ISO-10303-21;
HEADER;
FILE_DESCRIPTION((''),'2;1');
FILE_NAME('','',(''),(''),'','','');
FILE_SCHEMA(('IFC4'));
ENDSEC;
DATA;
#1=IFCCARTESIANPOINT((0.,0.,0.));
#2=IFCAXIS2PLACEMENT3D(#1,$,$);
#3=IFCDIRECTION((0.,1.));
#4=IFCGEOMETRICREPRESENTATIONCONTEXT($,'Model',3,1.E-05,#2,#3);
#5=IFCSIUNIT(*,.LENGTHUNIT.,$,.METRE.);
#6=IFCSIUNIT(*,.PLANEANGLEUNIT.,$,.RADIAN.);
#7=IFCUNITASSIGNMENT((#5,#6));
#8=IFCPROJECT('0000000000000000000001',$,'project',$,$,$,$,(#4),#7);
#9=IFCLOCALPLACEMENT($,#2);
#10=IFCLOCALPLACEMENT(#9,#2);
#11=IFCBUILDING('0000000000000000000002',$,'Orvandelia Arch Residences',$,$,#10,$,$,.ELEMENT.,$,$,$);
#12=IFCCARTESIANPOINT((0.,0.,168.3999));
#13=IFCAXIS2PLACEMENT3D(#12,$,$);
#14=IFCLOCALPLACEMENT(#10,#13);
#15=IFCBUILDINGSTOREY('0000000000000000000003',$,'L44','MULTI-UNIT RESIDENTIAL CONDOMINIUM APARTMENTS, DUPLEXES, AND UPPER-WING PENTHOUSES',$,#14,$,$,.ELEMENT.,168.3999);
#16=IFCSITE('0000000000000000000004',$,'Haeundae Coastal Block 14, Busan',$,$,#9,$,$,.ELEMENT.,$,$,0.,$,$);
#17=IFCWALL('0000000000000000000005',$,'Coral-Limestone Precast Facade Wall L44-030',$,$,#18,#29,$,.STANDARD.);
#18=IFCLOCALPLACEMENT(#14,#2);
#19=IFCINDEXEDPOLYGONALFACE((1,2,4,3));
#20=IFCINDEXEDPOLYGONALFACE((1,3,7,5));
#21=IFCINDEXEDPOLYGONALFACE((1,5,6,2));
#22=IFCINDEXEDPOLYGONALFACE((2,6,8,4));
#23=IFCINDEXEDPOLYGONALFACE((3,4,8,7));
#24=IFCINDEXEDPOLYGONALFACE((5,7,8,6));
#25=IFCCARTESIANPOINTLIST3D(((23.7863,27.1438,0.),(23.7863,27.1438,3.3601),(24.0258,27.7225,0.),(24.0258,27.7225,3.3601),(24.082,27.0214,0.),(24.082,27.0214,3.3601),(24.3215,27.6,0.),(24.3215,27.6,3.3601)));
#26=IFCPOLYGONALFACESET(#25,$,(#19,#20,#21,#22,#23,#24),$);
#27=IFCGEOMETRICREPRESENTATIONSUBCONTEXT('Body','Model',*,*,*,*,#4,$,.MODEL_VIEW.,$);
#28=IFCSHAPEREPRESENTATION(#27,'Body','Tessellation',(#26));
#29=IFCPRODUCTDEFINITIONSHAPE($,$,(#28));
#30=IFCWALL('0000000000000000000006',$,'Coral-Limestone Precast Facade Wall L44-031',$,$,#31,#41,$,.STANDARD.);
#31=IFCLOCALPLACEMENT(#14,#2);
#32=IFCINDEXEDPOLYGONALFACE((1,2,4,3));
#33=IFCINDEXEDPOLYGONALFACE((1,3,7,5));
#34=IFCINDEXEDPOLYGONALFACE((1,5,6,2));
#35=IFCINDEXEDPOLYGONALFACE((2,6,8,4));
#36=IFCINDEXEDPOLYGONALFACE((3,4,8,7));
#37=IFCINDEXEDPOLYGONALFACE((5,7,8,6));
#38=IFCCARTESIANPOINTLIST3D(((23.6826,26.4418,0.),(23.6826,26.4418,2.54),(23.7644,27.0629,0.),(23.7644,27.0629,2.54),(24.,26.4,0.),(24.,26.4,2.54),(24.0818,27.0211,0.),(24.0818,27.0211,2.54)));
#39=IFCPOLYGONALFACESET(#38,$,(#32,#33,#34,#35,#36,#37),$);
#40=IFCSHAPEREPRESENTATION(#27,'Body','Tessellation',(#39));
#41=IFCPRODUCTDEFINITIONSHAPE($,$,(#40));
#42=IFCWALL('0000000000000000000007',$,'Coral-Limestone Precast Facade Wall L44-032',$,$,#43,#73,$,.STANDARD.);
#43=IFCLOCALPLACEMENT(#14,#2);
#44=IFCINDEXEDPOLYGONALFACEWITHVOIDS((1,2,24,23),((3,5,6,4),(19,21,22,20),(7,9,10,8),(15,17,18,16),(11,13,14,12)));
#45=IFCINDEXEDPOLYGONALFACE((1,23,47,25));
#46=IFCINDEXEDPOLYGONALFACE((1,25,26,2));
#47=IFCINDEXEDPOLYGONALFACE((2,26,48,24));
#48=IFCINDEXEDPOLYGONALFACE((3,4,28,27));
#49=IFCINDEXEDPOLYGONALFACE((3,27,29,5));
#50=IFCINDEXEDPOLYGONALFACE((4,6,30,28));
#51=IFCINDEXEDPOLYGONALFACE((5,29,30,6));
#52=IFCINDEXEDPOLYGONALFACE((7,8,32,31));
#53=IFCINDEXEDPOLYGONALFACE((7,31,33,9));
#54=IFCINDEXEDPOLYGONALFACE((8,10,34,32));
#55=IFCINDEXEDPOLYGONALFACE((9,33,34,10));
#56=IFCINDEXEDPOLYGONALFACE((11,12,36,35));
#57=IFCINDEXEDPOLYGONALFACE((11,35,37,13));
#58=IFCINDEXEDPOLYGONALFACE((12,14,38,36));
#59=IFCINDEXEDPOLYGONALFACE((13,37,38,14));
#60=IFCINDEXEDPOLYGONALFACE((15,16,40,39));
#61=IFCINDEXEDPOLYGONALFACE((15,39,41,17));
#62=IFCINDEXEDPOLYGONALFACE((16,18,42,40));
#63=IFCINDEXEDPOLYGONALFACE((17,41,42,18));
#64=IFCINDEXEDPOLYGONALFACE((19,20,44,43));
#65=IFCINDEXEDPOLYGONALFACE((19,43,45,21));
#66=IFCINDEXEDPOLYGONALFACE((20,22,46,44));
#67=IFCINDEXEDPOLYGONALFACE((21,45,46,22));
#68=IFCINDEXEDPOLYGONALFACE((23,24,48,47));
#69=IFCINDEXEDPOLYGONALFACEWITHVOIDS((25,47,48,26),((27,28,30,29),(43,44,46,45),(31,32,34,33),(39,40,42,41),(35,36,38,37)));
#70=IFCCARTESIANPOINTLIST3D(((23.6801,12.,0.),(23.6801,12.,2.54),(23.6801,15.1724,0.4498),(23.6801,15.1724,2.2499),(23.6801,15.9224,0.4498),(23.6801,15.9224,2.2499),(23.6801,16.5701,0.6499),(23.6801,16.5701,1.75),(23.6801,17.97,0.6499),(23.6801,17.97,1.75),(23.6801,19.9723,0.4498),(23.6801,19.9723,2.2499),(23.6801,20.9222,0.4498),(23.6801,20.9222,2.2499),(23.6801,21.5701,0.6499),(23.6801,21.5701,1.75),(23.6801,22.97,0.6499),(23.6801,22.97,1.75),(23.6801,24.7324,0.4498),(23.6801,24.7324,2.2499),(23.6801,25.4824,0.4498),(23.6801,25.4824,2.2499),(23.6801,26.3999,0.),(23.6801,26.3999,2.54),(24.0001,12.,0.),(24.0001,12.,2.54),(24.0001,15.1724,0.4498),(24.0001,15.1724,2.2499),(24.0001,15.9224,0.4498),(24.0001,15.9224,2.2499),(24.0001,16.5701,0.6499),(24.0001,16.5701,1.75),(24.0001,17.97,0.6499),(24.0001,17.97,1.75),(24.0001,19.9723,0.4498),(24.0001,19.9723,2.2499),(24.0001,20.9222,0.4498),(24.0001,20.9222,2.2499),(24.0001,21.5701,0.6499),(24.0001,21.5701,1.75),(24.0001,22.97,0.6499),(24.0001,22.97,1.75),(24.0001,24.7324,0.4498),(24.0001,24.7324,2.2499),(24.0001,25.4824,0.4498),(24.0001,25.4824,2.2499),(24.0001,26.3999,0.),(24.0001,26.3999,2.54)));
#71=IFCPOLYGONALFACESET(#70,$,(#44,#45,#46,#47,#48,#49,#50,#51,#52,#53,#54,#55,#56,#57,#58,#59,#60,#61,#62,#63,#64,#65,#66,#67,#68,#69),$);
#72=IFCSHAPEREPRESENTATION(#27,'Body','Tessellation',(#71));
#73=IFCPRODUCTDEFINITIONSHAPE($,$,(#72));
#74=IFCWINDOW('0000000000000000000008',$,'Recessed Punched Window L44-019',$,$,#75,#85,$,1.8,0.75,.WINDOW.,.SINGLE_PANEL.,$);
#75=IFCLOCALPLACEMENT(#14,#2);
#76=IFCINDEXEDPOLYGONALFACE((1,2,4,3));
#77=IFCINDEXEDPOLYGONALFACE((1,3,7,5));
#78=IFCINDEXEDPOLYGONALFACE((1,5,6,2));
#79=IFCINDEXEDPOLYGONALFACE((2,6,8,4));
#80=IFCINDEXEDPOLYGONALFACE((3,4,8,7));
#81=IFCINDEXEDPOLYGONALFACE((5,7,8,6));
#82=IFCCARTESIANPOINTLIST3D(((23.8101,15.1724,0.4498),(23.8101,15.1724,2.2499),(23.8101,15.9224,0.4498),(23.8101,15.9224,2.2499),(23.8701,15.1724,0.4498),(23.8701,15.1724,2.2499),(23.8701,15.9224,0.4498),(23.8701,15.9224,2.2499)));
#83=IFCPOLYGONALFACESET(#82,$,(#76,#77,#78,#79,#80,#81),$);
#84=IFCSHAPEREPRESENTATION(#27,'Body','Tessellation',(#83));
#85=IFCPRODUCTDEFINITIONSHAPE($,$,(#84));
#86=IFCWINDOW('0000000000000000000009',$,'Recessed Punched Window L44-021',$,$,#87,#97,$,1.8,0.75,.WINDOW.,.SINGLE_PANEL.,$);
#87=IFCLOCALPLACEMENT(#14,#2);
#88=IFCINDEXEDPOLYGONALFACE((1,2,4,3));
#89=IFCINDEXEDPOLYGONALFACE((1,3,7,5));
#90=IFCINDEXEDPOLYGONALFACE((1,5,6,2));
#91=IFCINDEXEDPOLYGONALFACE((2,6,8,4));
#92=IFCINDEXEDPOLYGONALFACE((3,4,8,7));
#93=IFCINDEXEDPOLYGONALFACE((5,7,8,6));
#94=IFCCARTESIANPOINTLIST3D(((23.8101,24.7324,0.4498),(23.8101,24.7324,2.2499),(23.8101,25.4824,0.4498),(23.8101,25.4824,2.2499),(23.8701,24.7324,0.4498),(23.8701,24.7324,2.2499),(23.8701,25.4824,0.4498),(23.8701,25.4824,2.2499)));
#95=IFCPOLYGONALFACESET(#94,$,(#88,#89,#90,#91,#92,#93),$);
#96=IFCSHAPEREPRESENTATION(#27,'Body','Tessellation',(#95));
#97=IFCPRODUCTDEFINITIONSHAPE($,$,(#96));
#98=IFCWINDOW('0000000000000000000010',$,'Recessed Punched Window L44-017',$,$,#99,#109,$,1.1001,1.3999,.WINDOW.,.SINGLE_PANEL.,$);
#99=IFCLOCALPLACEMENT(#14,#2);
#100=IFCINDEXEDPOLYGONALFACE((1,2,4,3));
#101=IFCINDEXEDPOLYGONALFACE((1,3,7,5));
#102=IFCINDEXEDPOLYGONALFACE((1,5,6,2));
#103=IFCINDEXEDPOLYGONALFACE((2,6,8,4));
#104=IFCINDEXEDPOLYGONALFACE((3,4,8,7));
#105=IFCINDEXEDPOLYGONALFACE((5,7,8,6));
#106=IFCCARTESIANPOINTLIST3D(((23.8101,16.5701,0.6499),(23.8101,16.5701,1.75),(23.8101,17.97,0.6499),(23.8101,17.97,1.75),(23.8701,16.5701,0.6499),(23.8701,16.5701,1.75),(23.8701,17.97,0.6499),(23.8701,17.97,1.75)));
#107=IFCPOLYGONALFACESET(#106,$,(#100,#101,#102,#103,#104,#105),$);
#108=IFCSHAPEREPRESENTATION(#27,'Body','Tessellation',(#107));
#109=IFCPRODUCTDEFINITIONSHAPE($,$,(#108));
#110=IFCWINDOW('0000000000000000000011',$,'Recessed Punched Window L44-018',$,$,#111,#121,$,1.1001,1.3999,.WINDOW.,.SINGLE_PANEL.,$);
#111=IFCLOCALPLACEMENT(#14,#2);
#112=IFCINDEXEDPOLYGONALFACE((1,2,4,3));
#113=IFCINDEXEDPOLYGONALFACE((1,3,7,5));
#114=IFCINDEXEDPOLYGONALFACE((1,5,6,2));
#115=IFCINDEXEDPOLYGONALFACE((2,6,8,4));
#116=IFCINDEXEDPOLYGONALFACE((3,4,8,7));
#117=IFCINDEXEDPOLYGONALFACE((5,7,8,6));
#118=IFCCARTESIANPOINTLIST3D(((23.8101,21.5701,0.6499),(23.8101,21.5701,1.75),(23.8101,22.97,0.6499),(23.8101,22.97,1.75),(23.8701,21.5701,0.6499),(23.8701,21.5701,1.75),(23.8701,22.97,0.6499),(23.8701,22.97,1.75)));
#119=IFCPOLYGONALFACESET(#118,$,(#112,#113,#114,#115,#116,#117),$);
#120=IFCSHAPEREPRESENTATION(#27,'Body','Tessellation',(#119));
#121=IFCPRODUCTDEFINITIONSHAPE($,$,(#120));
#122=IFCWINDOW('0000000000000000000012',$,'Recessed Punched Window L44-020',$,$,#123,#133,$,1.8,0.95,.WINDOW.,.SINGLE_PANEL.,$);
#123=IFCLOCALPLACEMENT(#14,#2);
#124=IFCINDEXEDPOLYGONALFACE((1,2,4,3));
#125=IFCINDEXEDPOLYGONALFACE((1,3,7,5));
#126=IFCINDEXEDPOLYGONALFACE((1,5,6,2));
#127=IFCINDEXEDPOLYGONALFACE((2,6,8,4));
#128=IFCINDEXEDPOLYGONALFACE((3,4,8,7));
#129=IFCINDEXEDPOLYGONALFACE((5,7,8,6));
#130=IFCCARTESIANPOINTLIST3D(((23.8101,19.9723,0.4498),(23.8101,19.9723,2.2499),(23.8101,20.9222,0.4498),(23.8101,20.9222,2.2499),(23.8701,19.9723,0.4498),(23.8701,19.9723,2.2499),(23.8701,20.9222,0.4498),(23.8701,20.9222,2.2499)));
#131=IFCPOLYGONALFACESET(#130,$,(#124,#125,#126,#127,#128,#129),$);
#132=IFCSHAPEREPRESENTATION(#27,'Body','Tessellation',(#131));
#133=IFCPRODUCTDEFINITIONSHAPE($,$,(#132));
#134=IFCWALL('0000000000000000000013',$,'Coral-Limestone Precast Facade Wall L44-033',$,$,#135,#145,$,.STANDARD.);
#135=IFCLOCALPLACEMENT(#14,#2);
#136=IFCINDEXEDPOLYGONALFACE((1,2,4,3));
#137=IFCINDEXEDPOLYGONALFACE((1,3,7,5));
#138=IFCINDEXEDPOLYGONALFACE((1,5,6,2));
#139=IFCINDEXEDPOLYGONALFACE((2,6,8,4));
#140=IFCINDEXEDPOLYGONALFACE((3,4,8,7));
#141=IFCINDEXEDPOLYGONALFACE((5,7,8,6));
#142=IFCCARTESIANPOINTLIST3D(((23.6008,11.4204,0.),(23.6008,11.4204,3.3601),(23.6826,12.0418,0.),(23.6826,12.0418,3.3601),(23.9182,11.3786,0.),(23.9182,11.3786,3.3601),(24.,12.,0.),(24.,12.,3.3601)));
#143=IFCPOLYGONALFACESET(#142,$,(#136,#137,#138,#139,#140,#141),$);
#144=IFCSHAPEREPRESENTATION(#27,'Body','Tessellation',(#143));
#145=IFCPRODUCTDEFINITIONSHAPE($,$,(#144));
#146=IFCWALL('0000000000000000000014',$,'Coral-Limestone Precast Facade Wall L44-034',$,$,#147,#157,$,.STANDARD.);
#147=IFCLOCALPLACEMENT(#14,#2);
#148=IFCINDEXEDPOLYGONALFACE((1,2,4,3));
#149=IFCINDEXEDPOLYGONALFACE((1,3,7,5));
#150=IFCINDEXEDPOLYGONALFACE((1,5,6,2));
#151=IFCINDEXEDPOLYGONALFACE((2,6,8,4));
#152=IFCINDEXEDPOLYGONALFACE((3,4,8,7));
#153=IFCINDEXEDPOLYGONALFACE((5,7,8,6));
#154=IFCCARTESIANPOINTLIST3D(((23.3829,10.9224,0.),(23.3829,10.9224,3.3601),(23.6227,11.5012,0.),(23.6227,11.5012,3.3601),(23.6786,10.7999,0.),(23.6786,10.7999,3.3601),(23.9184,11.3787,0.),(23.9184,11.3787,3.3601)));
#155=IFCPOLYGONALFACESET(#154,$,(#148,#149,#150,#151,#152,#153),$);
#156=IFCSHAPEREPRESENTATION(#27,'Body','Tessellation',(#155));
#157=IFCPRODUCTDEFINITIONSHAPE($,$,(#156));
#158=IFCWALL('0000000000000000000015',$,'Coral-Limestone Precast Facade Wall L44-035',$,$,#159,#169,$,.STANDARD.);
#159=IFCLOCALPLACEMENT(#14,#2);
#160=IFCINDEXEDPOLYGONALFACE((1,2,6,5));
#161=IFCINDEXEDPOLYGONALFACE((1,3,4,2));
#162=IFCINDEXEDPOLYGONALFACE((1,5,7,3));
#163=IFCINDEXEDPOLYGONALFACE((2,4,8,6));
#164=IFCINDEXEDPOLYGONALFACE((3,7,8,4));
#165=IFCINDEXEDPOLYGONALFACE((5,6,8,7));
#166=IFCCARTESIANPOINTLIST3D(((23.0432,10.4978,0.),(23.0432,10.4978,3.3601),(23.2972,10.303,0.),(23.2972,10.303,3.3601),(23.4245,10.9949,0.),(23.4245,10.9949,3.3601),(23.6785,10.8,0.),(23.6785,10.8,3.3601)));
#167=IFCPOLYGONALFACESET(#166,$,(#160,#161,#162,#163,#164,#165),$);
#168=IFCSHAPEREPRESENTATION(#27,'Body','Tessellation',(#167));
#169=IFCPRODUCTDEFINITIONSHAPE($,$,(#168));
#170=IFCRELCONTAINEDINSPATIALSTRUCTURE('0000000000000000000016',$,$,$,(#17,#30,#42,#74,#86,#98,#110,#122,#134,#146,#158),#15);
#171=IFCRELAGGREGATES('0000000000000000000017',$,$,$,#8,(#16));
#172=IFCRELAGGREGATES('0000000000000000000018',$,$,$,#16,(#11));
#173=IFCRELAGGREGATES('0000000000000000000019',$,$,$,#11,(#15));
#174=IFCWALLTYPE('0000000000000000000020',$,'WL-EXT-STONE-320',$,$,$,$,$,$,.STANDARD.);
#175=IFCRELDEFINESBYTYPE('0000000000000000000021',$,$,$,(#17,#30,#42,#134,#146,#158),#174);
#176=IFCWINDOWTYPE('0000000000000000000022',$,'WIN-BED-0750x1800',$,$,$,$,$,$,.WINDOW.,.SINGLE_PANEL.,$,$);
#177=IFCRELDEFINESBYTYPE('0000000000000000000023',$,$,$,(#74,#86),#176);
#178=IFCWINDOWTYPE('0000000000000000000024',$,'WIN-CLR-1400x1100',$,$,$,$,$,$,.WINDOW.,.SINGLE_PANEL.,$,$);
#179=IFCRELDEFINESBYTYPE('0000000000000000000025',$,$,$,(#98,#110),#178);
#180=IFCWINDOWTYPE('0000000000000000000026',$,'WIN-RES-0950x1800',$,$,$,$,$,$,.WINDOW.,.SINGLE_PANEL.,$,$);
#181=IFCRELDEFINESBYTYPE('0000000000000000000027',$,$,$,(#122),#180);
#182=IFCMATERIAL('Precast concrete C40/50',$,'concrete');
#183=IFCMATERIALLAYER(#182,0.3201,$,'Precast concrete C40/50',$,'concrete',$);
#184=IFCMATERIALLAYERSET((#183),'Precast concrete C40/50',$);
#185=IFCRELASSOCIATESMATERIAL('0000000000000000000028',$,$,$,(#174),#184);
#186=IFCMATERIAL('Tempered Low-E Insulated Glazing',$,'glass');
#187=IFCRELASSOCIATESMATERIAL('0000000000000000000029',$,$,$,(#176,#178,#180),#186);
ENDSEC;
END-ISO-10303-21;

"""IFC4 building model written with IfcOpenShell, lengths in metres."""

from ifc_helpers import new_model, si_unit, direction, frame, frame_2d, origin, place, context, subcontext, project, spatial, rectangle, extrude, material, layer, layer_set, type_object, element, fill, save


model = new_model("IFC4")

# Units and contexts
model_context = context("Model", 3, precision=1e-05, world=origin(), true_north=direction((0.0, 1.0)))
body_context = subcontext(model_context, "Body", "Model", "MODEL_VIEW")
ifc_project = project(units=[si_unit("LENGTHUNIT", "METRE"), si_unit("PLANEANGLEUNIT", "RADIAN")], contexts=[model_context])

# Site, building, storey
site_placement = place(None, origin())
site = spatial("IfcSite", under=ifc_project, at=site_placement, Name="Haeundae Coastal Block 14, Busan", CompositionType="ELEMENT", RefElevation=0.0)
building_placement = place(site_placement, origin())
building = spatial("IfcBuilding", under=site, at=building_placement, Name="Orvandelia Arch Residences", CompositionType="ELEMENT")
storey_placement = place(building_placement, frame((0.0, 0.0, 168.3999)))
storey = spatial("IfcBuildingStorey", under=building, at=storey_placement, Name="L44", Description="MULTI-UNIT RESIDENTIAL CONDOMINIUM APARTMENTS, DUPLEXES, AND UPPER-WING PENTHOUSES", CompositionType="ELEMENT", Elevation=168.3999)

# Walls
ifc_material_1 = material(Name="Precast concrete C40/50", Category="concrete")
ifc_layer = layer(ifc_material_1, 0.3201, Name="Precast concrete C40/50", Category="concrete")
ifc_layer_set = layer_set([ifc_layer], Name="Precast concrete C40/50")
wall_type = type_object("IfcWallType", Name="WL-EXT-STONE-320", PredefinedType="STANDARD", material=ifc_layer_set)
wall_1_placement = place(storey_placement, frame((24.1736, 27.6611, 0.0), z_axis=(0.0, 0.0, 1.0), x_axis=(-0.382455, -0.923974, 0.0)))
element("IfcWall", 1, at=wall_1_placement, inside=storey, type_object=wall_type, Name="Coral-Limestone Precast Facade Wall L44-030", PredefinedType="STANDARD", context=body_context, shape_type="SweptSolid", body=[
    extrude(rectangle(XDim=0.6262, YDim=0.3201, at=frame_2d((0.313, 0.0))), origin(), (0.0, 0.0, 1.0), 3.3601),
])
wall_2_placement = place(storey_placement, frame((23.9231, 27.042, 0.0), z_axis=(0.0, 0.0, 1.0), x_axis=(-0.130555, -0.991441, 0.0)))
element("IfcWall", 2, at=wall_2_placement, inside=storey, type_object=wall_type, Name="Coral-Limestone Precast Facade Wall L44-031", PredefinedType="STANDARD", context=body_context, shape_type="SweptSolid", body=[
    extrude(rectangle(XDim=0.6265, YDim=0.3201, at=frame_2d((0.3132, 0.0))), origin(), (0.0, 0.0, 1.0), 2.54),
])

# Wall, openings, windows
wall_3_placement = place(storey_placement, frame((23.8401, 26.3999, 0.0), z_axis=(0.0, 0.0, 1.0), x_axis=(0.0, -1.0, 0.0)))
wall_3 = element("IfcWall", 3, at=wall_3_placement, inside=storey, type_object=wall_type, Name="Coral-Limestone Precast Facade Wall L44-032", PredefinedType="STANDARD", context=body_context, shape_type="SweptSolid", body=[
    extrude(rectangle(XDim=14.3999, YDim=0.3201, at=frame_2d((7.2, 0.0))), origin(), (0.0, 0.0, 1.0), 2.54),
])
opening_1_placement = place(wall_3_placement, frame((8.4299, 0.0, 0.6499)))
opening_1 = element("IfcOpeningElement", 4, at=opening_1_placement, cuts=wall_3, PredefinedType="OPENING", context=body_context, shape_type="SweptSolid", body=[
    extrude(rectangle(XDim=1.3999, YDim=1.1001, at=frame_2d((0.7, 0.55))), frame((0.0, 0.1699, 0.0), z_axis=(0.0, -1.0, 0.0), x_axis=(1.0, 0.0, 0.0)), (0.0, 0.0, 1.0), 0.3401),
])
opening_2_placement = place(wall_3_placement, frame((3.4299, 0.0, 0.6499)))
opening_2 = element("IfcOpeningElement", 5, at=opening_2_placement, cuts=wall_3, PredefinedType="OPENING", context=body_context, shape_type="SweptSolid", body=[
    extrude(rectangle(XDim=1.3999, YDim=1.1001, at=frame_2d((0.7, 0.55))), frame((0.0, 0.1699, 0.0), z_axis=(0.0, -1.0, 0.0), x_axis=(1.0, 0.0, 0.0)), (0.0, 0.0, 1.0), 0.3401),
])
opening_3_placement = place(wall_3_placement, frame((10.4775, 0.0, 0.45)))
opening_3 = element("IfcOpeningElement", 6, at=opening_3_placement, cuts=wall_3, PredefinedType="OPENING", context=body_context, shape_type="SweptSolid", body=[
    extrude(rectangle(XDim=0.75, YDim=1.8, at=frame_2d((0.375, 0.8999))), frame((0.0, 0.1699, 0.0), z_axis=(0.0, -1.0, 0.0), x_axis=(1.0, 0.0, 0.0)), (0.0, 0.0, 1.0), 0.3401),
])
opening_4_placement = place(wall_3_placement, frame((5.4775, 0.0, 0.45)))
opening_4 = element("IfcOpeningElement", 7, at=opening_4_placement, cuts=wall_3, PredefinedType="OPENING", context=body_context, shape_type="SweptSolid", body=[
    extrude(rectangle(XDim=0.95, YDim=1.8, at=frame_2d((0.4751, 0.8999))), frame((0.0, 0.1699, 0.0), z_axis=(0.0, -1.0, 0.0), x_axis=(1.0, 0.0, 0.0)), (0.0, 0.0, 1.0), 0.3401),
])
opening_5_placement = place(wall_3_placement, frame((0.9175, 0.0, 0.45)))
opening_5 = element("IfcOpeningElement", 8, at=opening_5_placement, cuts=wall_3, PredefinedType="OPENING", context=body_context, shape_type="SweptSolid", body=[
    extrude(rectangle(XDim=0.75, YDim=1.8, at=frame_2d((0.375, 0.8999))), frame((0.0, 0.1699, 0.0), z_axis=(0.0, -1.0, 0.0), x_axis=(1.0, 0.0, 0.0)), (0.0, 0.0, 1.0), 0.3401),
])
ifc_material_2 = material(Name="Tempered Low-E Insulated Glazing", Category="glass")
window_type_1 = type_object("IfcWindowType", Name="WIN-BED-0750x1800", PartitioningType="SINGLE_PANEL", PredefinedType="WINDOW", material=ifc_material_2)
window_1_placement = place(opening_3_placement, origin())
window_1 = element("IfcWindow", 9, at=window_1_placement, inside=storey, type_object=window_type_1, Name="Recessed Punched Window L44-019", OverallHeight=1.8, OverallWidth=0.75, PartitioningType="SINGLE_PANEL", PredefinedType="WINDOW", context=body_context, shape_type="SweptSolid", body=[
    extrude(rectangle(XDim=0.75, YDim=1.8, at=frame_2d((0.375, 0.8999))), frame((0.0, 0.03, 0.0), z_axis=(0.0, -1.0, 0.0), x_axis=(1.0, 0.0, 0.0)), (0.0, 0.0, 1.0), 0.0601),
])
fill(opening_3, window_1)
window_2_placement = place(opening_5_placement, origin())
window_2 = element("IfcWindow", 10, at=window_2_placement, inside=storey, type_object=window_type_1, Name="Recessed Punched Window L44-021", OverallHeight=1.8, OverallWidth=0.75, PartitioningType="SINGLE_PANEL", PredefinedType="WINDOW", context=body_context, shape_type="SweptSolid", body=[
    extrude(rectangle(XDim=0.75, YDim=1.8, at=frame_2d((0.375, 0.8999))), frame((0.0, 0.03, 0.0), z_axis=(0.0, -1.0, 0.0), x_axis=(1.0, 0.0, 0.0)), (0.0, 0.0, 1.0), 0.0601),
])
fill(opening_5, window_2)
window_type_2 = type_object("IfcWindowType", Name="WIN-CLR-1400x1100", PartitioningType="SINGLE_PANEL", PredefinedType="WINDOW", material=ifc_material_2)
window_3_placement = place(opening_1_placement, origin())
window_3 = element("IfcWindow", 11, at=window_3_placement, inside=storey, type_object=window_type_2, Name="Recessed Punched Window L44-017", OverallHeight=1.1001, OverallWidth=1.3999, PartitioningType="SINGLE_PANEL", PredefinedType="WINDOW", context=body_context, shape_type="SweptSolid", body=[
    extrude(rectangle(XDim=1.3999, YDim=1.1001, at=frame_2d((0.7, 0.55))), frame((0.0, 0.03, 0.0), z_axis=(0.0, -1.0, 0.0), x_axis=(1.0, 0.0, 0.0)), (0.0, 0.0, 1.0), 0.0601),
])
fill(opening_1, window_3)
window_4_placement = place(opening_2_placement, origin())
window_4 = element("IfcWindow", 12, at=window_4_placement, inside=storey, type_object=window_type_2, Name="Recessed Punched Window L44-018", OverallHeight=1.1001, OverallWidth=1.3999, PartitioningType="SINGLE_PANEL", PredefinedType="WINDOW", context=body_context, shape_type="SweptSolid", body=[
    extrude(rectangle(XDim=1.3999, YDim=1.1001, at=frame_2d((0.7, 0.55))), frame((0.0, 0.03, 0.0), z_axis=(0.0, -1.0, 0.0), x_axis=(1.0, 0.0, 0.0)), (0.0, 0.0, 1.0), 0.0601),
])
fill(opening_2, window_4)
window_type_3 = type_object("IfcWindowType", Name="WIN-RES-0950x1800", PartitioningType="SINGLE_PANEL", PredefinedType="WINDOW", material=ifc_material_2)
window_5_placement = place(opening_4_placement, origin())
window_5 = element("IfcWindow", 13, at=window_5_placement, inside=storey, type_object=window_type_3, Name="Recessed Punched Window L44-020", OverallHeight=1.8, OverallWidth=0.95, PartitioningType="SINGLE_PANEL", PredefinedType="WINDOW", context=body_context, shape_type="SweptSolid", body=[
    extrude(rectangle(XDim=0.95, YDim=1.8, at=frame_2d((0.4751, 0.8999))), frame((0.0, 0.03, 0.0), z_axis=(0.0, -1.0, 0.0), x_axis=(1.0, 0.0, 0.0)), (0.0, 0.0, 1.0), 0.0601),
])
fill(opening_4, window_5)

# Walls
wall_4_placement = place(storey_placement, frame((23.8413, 12.021, 0.0), z_axis=(0.0, 0.0, 1.0), x_axis=(-0.130505, -0.991448, 0.0)))
element("IfcWall", 14, at=wall_4_placement, inside=storey, type_object=wall_type, Name="Coral-Limestone Precast Facade Wall L44-033", PredefinedType="STANDARD", context=body_context, shape_type="SweptSolid", body=[
    extrude(rectangle(XDim=0.6267, YDim=0.3201, at=frame_2d((0.3135, 0.0))), origin(), (0.0, 0.0, 1.0), 3.3601),
])
for number, where, z_axis, x_axis, name in (
    (15, (23.7705, 11.4399, 0.0), (0.0, 0.0, 1.0), (-0.38265, -0.923893, 0.0), "Coral-Limestone Precast Facade Wall L44-034"),
    (16, (23.5515, 10.8975, 0.0), (0.0, 0.0, 1.0), (-0.608693, -0.793406, 0.0), "Coral-Limestone Precast Facade Wall L44-035"),
):
    element("IfcWall", number, at=place(storey_placement, frame(where, z_axis=z_axis, x_axis=x_axis)), inside=storey, type_object=wall_type, Name=name, PredefinedType="STANDARD", context=body_context, shape_type="SweptSolid", body=[
        extrude(rectangle(XDim=0.6265, YDim=0.3201, at=frame_2d((0.3132, 0.0))), origin(), (0.0, 0.0, 1.0), 3.3601),
    ])

save(model, "model.ifc")
